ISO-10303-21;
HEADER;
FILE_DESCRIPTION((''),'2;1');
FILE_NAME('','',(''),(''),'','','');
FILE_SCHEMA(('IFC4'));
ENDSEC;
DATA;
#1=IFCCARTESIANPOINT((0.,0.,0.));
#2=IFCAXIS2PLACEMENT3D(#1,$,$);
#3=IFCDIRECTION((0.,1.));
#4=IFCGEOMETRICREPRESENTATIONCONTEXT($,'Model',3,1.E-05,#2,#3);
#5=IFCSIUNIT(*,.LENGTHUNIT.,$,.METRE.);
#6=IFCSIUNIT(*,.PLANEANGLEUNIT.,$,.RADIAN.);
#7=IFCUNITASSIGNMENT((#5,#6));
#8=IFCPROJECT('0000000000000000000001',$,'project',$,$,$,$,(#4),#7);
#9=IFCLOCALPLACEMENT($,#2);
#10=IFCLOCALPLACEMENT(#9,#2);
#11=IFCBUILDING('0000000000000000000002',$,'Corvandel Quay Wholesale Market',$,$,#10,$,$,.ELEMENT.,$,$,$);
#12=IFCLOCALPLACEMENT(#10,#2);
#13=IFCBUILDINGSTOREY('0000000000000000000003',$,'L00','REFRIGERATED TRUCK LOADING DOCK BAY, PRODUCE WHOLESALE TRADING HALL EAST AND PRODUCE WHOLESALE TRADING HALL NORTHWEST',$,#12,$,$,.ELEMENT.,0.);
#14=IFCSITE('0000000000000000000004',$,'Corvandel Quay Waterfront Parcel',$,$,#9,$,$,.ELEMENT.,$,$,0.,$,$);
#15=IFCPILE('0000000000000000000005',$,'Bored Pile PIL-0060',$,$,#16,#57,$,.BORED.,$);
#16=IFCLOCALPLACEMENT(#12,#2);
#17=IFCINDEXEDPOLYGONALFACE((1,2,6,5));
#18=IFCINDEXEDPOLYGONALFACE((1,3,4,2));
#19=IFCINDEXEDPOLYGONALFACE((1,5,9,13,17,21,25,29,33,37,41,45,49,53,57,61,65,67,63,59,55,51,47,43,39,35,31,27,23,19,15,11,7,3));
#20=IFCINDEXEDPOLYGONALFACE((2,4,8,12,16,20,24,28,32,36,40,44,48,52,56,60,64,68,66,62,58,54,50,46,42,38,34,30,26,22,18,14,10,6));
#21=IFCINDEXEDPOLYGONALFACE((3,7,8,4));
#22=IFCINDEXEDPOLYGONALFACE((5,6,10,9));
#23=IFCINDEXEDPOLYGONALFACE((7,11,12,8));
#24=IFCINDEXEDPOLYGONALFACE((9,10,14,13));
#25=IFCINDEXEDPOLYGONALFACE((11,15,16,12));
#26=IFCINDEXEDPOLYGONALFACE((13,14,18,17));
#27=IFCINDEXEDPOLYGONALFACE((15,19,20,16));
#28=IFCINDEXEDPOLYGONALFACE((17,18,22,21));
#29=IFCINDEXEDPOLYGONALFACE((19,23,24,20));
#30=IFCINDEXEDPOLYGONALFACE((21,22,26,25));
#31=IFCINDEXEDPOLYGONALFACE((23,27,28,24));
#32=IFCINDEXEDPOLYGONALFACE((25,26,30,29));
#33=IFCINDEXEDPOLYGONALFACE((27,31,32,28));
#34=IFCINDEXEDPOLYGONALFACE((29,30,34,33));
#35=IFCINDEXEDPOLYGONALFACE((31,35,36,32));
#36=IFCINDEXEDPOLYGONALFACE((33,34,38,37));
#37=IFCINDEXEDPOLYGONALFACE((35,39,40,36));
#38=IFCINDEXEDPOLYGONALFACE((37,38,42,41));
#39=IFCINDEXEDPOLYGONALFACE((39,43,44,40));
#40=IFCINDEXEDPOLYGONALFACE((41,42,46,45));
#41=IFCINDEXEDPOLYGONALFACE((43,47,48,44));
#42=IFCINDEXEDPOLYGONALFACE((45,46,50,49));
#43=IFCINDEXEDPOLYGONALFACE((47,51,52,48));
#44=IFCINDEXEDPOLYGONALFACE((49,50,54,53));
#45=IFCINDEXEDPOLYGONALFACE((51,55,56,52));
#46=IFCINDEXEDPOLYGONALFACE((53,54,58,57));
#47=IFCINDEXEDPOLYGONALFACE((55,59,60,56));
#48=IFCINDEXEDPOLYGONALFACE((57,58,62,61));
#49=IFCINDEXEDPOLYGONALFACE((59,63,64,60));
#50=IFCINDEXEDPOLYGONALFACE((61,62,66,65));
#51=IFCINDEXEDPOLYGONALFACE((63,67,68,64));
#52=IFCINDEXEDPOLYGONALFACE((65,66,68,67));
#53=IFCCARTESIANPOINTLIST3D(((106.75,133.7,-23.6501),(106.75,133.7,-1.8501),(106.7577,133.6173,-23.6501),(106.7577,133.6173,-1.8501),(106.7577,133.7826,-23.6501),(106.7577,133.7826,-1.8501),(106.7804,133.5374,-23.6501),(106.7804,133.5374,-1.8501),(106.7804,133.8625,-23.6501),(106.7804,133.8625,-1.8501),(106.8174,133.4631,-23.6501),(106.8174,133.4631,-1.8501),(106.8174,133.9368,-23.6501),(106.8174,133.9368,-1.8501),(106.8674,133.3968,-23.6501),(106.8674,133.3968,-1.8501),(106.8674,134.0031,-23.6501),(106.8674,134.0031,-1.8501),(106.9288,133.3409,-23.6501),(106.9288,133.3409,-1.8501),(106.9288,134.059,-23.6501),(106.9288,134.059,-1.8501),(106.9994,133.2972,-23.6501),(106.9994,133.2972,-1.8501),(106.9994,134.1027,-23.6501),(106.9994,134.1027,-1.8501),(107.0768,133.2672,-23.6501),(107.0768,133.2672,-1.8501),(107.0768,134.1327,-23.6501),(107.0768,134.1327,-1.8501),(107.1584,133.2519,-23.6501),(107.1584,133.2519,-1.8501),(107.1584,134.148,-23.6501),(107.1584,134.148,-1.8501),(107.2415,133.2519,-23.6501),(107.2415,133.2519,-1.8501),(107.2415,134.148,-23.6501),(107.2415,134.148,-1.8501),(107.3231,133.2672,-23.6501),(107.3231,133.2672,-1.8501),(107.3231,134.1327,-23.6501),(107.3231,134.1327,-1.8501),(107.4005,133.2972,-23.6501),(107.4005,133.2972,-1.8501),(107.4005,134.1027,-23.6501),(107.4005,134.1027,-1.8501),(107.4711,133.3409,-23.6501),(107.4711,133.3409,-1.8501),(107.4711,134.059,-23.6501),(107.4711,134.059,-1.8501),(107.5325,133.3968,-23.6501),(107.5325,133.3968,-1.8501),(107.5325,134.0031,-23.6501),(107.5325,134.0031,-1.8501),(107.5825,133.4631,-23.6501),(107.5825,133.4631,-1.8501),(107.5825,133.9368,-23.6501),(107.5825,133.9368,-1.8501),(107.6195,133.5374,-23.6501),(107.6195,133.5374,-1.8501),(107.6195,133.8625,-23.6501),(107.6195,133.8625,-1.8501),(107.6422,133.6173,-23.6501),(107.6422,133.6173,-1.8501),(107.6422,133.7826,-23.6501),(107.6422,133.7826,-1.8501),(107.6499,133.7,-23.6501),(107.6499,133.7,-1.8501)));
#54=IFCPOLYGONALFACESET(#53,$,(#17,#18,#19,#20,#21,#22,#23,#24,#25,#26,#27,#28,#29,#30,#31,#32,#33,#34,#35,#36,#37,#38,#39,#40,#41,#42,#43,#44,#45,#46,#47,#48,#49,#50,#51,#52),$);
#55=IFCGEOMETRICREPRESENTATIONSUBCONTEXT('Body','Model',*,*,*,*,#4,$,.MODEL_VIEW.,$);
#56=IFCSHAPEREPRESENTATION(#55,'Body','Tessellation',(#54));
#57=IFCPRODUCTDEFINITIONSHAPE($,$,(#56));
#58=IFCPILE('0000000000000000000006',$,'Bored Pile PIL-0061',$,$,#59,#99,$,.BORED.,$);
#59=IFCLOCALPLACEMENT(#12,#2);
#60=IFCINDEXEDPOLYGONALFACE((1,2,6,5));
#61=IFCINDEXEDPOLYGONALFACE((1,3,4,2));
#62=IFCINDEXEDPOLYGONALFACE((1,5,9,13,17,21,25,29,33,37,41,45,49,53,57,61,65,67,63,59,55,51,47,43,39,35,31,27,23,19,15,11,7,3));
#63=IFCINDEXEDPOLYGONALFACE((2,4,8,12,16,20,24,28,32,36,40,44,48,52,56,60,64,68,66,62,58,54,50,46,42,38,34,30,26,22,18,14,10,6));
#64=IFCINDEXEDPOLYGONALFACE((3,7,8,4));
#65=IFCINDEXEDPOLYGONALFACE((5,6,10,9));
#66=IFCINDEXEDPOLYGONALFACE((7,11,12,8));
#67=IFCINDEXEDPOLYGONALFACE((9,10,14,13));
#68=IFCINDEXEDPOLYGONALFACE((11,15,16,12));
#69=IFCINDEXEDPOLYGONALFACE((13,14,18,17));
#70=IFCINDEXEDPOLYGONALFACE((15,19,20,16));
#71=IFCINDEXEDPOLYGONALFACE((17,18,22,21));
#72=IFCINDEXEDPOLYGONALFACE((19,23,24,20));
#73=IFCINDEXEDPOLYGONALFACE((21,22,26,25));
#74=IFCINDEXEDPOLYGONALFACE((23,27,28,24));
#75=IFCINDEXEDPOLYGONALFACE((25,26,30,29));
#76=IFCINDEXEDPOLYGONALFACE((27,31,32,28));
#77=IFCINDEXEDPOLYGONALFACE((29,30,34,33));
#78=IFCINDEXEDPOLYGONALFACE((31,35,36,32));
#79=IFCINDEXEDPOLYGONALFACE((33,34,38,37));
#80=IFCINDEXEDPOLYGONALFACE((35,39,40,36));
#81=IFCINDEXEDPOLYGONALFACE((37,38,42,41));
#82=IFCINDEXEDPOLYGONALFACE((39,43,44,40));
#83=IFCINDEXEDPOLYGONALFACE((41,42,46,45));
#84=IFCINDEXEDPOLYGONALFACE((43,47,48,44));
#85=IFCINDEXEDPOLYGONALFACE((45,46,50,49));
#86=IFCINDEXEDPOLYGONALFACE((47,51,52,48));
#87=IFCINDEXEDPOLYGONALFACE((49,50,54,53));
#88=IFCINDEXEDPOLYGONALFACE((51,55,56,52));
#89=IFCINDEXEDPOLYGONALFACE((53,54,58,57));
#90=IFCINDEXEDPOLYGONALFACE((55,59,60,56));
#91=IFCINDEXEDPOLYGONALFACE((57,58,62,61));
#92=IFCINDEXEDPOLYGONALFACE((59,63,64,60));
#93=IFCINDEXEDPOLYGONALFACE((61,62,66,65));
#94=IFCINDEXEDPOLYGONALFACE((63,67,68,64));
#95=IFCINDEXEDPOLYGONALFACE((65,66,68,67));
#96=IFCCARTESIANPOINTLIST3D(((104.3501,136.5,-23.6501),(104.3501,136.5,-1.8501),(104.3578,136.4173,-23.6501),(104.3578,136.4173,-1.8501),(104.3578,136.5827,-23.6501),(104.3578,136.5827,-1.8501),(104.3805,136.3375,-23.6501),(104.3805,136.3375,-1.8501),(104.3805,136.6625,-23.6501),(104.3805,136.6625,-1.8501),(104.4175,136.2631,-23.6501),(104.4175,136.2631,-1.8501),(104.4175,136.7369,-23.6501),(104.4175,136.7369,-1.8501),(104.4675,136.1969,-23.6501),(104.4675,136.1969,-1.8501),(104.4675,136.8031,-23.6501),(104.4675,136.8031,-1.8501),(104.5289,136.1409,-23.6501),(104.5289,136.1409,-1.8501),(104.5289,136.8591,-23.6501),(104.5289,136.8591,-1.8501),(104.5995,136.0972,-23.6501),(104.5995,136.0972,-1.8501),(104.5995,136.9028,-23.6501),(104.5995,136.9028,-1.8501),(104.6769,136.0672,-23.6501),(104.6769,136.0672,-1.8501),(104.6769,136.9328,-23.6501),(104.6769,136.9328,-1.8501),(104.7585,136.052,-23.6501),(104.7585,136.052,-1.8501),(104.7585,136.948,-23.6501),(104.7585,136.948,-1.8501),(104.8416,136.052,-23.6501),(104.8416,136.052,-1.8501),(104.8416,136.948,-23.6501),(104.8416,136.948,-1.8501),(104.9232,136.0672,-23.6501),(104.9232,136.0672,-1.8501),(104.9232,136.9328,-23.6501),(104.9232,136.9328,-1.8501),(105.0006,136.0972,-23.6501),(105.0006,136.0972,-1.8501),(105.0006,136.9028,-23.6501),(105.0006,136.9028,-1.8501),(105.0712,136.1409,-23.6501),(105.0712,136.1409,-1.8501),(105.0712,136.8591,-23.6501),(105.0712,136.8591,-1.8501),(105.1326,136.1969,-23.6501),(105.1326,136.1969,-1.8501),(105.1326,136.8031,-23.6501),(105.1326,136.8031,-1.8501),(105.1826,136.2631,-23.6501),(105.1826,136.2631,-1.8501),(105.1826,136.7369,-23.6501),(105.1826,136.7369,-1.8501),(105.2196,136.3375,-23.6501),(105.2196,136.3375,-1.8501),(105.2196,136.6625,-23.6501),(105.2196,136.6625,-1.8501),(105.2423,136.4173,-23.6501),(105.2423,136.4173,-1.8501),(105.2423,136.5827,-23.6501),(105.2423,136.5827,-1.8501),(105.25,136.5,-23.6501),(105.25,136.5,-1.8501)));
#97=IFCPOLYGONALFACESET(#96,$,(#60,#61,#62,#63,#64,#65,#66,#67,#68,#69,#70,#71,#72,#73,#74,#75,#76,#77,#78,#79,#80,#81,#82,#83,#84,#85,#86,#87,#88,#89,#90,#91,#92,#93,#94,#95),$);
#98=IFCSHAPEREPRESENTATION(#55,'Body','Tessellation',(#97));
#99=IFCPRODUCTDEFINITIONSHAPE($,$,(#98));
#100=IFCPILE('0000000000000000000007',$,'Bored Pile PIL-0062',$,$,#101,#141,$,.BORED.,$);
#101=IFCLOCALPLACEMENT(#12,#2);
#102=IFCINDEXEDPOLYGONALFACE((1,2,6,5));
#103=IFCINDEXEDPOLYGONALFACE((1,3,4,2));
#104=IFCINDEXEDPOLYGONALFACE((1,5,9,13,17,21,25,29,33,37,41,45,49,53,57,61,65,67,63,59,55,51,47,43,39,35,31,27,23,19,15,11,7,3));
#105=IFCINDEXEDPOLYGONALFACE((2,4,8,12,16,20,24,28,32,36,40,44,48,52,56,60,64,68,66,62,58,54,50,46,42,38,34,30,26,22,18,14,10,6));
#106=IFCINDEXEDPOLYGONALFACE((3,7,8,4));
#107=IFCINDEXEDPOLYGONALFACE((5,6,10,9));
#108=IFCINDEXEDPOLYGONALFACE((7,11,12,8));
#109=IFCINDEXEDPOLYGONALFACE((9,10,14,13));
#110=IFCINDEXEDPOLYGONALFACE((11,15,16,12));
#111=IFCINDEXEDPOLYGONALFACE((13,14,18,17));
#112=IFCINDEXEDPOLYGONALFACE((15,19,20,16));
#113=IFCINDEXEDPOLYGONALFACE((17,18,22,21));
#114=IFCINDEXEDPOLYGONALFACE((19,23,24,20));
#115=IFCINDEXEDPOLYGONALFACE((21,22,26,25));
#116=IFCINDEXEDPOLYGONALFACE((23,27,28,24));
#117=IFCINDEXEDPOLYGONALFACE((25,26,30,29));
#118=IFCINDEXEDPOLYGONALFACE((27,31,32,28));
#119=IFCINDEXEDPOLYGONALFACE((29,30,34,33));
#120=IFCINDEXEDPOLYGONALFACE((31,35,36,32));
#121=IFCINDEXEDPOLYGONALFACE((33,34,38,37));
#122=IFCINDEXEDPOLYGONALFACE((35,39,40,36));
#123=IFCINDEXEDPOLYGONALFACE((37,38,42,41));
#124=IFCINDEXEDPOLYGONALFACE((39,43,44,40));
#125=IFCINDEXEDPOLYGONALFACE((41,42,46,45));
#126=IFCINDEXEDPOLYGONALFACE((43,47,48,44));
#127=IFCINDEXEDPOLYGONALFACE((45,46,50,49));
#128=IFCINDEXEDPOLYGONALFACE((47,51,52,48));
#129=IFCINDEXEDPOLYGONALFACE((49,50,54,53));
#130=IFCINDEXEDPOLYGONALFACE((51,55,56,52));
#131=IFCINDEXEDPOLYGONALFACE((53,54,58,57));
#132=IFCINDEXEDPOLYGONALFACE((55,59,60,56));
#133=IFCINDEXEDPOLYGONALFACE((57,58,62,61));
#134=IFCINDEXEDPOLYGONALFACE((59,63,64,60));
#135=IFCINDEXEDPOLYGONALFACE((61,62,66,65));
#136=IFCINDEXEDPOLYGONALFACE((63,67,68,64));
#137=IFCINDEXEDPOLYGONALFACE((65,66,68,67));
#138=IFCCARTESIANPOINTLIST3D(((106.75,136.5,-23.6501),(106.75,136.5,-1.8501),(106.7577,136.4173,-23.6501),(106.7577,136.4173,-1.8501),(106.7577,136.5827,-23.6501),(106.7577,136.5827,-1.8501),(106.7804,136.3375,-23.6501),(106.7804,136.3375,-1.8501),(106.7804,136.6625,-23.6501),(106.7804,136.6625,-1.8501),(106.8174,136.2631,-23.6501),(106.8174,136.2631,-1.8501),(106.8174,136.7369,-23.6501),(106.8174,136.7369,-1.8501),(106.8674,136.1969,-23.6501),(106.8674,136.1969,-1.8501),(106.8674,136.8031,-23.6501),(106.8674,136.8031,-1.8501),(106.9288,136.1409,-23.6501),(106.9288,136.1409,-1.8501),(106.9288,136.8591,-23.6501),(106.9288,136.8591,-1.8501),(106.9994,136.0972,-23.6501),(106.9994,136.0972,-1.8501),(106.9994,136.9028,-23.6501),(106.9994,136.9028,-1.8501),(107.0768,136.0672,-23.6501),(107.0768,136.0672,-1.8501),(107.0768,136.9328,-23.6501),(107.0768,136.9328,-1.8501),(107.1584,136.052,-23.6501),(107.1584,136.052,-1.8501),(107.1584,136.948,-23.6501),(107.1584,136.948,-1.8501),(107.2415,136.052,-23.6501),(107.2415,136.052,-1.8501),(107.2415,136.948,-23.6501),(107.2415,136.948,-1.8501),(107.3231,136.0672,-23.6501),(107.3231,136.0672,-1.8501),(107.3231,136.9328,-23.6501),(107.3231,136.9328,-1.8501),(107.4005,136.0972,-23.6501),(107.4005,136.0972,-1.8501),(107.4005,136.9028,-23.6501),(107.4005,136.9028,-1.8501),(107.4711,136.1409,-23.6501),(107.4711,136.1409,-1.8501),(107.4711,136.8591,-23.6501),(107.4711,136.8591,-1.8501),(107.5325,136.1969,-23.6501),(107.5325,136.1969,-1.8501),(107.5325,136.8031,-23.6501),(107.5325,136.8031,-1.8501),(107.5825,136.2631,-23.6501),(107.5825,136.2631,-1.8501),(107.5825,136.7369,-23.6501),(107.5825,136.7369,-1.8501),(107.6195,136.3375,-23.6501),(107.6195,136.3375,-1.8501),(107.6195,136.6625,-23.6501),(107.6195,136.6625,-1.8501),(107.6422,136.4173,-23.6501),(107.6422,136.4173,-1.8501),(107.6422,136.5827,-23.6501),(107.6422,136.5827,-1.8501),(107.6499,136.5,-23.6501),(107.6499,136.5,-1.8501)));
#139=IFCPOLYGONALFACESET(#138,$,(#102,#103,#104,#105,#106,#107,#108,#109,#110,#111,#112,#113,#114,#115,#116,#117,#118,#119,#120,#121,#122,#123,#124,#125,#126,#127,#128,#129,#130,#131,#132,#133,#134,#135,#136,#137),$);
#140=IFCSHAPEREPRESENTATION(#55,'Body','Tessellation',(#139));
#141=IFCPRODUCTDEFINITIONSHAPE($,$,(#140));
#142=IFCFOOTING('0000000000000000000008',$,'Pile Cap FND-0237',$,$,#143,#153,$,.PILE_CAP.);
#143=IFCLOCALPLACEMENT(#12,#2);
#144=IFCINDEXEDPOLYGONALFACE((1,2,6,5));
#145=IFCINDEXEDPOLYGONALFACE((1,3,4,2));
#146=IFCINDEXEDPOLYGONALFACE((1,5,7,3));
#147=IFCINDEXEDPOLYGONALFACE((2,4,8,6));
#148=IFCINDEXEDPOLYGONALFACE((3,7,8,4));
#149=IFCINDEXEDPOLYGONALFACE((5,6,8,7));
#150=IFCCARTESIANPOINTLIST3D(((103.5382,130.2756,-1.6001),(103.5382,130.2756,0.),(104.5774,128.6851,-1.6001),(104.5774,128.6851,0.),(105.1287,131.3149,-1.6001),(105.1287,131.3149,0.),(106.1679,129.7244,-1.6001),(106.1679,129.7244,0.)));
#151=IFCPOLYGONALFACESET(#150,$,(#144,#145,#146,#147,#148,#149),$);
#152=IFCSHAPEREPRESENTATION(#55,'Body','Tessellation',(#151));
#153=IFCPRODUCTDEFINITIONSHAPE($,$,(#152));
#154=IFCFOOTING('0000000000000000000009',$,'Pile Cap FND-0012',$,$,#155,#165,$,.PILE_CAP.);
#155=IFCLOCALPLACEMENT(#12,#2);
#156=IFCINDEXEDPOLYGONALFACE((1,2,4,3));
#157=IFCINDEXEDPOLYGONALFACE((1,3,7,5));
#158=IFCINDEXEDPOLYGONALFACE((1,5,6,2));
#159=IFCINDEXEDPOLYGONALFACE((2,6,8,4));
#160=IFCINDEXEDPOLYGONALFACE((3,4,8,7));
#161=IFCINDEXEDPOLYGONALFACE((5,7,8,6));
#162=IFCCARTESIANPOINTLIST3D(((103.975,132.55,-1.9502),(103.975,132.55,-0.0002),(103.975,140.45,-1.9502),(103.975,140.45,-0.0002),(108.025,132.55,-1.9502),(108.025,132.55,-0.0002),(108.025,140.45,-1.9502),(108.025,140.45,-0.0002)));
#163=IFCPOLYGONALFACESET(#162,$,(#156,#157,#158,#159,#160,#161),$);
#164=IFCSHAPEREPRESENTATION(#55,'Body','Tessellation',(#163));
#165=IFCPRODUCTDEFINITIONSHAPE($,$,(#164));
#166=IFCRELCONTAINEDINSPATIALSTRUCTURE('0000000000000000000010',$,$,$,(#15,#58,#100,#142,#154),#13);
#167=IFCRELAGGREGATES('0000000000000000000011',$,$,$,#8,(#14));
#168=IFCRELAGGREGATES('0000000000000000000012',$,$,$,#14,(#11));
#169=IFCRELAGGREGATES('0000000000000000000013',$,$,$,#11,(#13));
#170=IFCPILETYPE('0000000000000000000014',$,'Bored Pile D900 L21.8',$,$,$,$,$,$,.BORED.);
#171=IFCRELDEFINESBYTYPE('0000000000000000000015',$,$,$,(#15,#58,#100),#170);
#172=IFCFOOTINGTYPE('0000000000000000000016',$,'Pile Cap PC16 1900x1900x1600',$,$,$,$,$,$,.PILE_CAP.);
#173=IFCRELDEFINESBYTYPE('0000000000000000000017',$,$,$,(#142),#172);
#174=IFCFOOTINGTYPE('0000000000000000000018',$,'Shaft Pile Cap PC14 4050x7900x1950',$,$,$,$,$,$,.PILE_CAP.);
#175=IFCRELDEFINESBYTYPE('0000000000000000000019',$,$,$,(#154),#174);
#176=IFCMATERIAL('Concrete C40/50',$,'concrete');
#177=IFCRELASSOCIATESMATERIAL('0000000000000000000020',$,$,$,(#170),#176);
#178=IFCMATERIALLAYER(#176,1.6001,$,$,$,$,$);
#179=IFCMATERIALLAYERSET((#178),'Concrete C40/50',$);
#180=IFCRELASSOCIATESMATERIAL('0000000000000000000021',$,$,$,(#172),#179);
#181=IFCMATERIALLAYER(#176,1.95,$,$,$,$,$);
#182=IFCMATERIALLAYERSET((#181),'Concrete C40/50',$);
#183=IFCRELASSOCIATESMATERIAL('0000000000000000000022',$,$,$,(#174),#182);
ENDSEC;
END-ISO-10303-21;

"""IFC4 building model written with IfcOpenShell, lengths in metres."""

from ifc_helpers import new_model, si_unit, direction, frame, origin, origin_2d, place, context, subcontext, project, spatial, rectangle, circle, extrude, material, layer, layer_set, material_profile, profile_set, type_object, element, save


model = new_model("IFC4")

# Units and contexts
model_context = context("Model", 3, precision=1e-05, world=origin(), true_north=direction((0.0, 1.0)))
body_context = subcontext(model_context, "Body", "Model", "MODEL_VIEW")
ifc_project = project(units=[si_unit("LENGTHUNIT", "METRE"), si_unit("PLANEANGLEUNIT", "RADIAN")], contexts=[model_context])

# Site, building, storey
site_placement = place(None, origin())
site = spatial("IfcSite", under=ifc_project, at=site_placement, Name="Corvandel Quay Waterfront Parcel", CompositionType="ELEMENT", RefElevation=0.0)
building_placement = place(site_placement, origin())
building = spatial("IfcBuilding", under=site, at=building_placement, Name="Corvandel Quay Wholesale Market", CompositionType="ELEMENT")
storey_placement = place(building_placement, origin())
storey = spatial("IfcBuildingStorey", under=building, at=storey_placement, Name="L00", Description="REFRIGERATED TRUCK LOADING DOCK BAY, PRODUCE WHOLESALE TRADING HALL EAST AND PRODUCE WHOLESALE TRADING HALL NORTHWEST", CompositionType="ELEMENT", Elevation=0.0)

# Piles
ifc_material_1 = material(Name="Concrete C40/50", Category="concrete")
ifc_material_profile_1 = material_profile(ifc_material_1, circle(Radius=0.45, at=origin_2d()), Name="RC-PILE-D900")
ifc_profile_set_1 = profile_set([ifc_material_profile_1], Name="Concrete C40/50")
pile_type_1 = type_object("IfcPileType", Name="Bored Pile D900 L21.8", PredefinedType="BORED", material=ifc_profile_set_1)
for number, where, z_axis, x_axis, name in (
    (1, (107.2, 133.7, -1.8501), (0.0, 0.0, -1.0), (1.0, 0.0, 0.0), "Bored Pile PIL-0060"),
    (2, (104.8, 136.5, -1.8501), (0.0, 0.0, -1.0), (1.0, 0.0, 0.0), "Bored Pile PIL-0061"),
    (3, (107.2, 136.5, -1.8501), (0.0, 0.0, -1.0), (1.0, 0.0, 0.0), "Bored Pile PIL-0062"),
):
    element("IfcPile", number, at=place(storey_placement, frame(where, z_axis=z_axis, x_axis=x_axis)), inside=storey, type_object=pile_type_1, Name=name, PredefinedType="BORED", context=body_context, shape_type="SweptSolid", body=[
        extrude(circle(Radius=0.45, at=origin_2d()), origin(), (0.0, 0.0, 1.0), 21.8),
    ])

# Footings
ifc_layer_1 = layer(ifc_material_1, 1.6001)
ifc_layer_set_1 = layer_set([ifc_layer_1], Name="Concrete C40/50")
footing_type_1 = type_object("IfcFootingType", Name="Pile Cap PC16 1900x1900x1600", PredefinedType="PILE_CAP", material=ifc_layer_set_1)
footing_1_placement = place(storey_placement, frame((104.853, 130.0, -1.6001), z_axis=(0.0, 0.0, 1.0), x_axis=(0.837146, 0.546979, 0.0)))
element("IfcFooting", 4, at=footing_1_placement, inside=storey, type_object=footing_type_1, Name="Pile Cap FND-0237", PredefinedType="PILE_CAP", context=body_context, shape_type="SweptSolid", body=[
    extrude(rectangle(XDim=1.8999, YDim=1.8999, at=origin_2d()), origin(), (0.0, 0.0, 1.0), 1.6001),
])
ifc_layer_2 = layer(ifc_material_1, 1.95)
ifc_layer_set_2 = layer_set([ifc_layer_2], Name="Concrete C40/50")
footing_type_2 = type_object("IfcFootingType", Name="Shaft Pile Cap PC14 4050x7900x1950", PredefinedType="PILE_CAP", material=ifc_layer_set_2)
footing_2_placement = place(storey_placement, frame((106.0, 136.5, -1.9502), z_axis=(0.0, 0.0, 1.0), x_axis=(1.0, 0.0, 0.0)))
element("IfcFooting", 5, at=footing_2_placement, inside=storey, type_object=footing_type_2, Name="Pile Cap FND-0012", PredefinedType="PILE_CAP", context=body_context, shape_type="SweptSolid", body=[
    extrude(rectangle(XDim=4.05, YDim=7.8999, at=origin_2d()), origin(), (0.0, 0.0, 1.0), 1.95),
])

save(model, "model.ifc")
